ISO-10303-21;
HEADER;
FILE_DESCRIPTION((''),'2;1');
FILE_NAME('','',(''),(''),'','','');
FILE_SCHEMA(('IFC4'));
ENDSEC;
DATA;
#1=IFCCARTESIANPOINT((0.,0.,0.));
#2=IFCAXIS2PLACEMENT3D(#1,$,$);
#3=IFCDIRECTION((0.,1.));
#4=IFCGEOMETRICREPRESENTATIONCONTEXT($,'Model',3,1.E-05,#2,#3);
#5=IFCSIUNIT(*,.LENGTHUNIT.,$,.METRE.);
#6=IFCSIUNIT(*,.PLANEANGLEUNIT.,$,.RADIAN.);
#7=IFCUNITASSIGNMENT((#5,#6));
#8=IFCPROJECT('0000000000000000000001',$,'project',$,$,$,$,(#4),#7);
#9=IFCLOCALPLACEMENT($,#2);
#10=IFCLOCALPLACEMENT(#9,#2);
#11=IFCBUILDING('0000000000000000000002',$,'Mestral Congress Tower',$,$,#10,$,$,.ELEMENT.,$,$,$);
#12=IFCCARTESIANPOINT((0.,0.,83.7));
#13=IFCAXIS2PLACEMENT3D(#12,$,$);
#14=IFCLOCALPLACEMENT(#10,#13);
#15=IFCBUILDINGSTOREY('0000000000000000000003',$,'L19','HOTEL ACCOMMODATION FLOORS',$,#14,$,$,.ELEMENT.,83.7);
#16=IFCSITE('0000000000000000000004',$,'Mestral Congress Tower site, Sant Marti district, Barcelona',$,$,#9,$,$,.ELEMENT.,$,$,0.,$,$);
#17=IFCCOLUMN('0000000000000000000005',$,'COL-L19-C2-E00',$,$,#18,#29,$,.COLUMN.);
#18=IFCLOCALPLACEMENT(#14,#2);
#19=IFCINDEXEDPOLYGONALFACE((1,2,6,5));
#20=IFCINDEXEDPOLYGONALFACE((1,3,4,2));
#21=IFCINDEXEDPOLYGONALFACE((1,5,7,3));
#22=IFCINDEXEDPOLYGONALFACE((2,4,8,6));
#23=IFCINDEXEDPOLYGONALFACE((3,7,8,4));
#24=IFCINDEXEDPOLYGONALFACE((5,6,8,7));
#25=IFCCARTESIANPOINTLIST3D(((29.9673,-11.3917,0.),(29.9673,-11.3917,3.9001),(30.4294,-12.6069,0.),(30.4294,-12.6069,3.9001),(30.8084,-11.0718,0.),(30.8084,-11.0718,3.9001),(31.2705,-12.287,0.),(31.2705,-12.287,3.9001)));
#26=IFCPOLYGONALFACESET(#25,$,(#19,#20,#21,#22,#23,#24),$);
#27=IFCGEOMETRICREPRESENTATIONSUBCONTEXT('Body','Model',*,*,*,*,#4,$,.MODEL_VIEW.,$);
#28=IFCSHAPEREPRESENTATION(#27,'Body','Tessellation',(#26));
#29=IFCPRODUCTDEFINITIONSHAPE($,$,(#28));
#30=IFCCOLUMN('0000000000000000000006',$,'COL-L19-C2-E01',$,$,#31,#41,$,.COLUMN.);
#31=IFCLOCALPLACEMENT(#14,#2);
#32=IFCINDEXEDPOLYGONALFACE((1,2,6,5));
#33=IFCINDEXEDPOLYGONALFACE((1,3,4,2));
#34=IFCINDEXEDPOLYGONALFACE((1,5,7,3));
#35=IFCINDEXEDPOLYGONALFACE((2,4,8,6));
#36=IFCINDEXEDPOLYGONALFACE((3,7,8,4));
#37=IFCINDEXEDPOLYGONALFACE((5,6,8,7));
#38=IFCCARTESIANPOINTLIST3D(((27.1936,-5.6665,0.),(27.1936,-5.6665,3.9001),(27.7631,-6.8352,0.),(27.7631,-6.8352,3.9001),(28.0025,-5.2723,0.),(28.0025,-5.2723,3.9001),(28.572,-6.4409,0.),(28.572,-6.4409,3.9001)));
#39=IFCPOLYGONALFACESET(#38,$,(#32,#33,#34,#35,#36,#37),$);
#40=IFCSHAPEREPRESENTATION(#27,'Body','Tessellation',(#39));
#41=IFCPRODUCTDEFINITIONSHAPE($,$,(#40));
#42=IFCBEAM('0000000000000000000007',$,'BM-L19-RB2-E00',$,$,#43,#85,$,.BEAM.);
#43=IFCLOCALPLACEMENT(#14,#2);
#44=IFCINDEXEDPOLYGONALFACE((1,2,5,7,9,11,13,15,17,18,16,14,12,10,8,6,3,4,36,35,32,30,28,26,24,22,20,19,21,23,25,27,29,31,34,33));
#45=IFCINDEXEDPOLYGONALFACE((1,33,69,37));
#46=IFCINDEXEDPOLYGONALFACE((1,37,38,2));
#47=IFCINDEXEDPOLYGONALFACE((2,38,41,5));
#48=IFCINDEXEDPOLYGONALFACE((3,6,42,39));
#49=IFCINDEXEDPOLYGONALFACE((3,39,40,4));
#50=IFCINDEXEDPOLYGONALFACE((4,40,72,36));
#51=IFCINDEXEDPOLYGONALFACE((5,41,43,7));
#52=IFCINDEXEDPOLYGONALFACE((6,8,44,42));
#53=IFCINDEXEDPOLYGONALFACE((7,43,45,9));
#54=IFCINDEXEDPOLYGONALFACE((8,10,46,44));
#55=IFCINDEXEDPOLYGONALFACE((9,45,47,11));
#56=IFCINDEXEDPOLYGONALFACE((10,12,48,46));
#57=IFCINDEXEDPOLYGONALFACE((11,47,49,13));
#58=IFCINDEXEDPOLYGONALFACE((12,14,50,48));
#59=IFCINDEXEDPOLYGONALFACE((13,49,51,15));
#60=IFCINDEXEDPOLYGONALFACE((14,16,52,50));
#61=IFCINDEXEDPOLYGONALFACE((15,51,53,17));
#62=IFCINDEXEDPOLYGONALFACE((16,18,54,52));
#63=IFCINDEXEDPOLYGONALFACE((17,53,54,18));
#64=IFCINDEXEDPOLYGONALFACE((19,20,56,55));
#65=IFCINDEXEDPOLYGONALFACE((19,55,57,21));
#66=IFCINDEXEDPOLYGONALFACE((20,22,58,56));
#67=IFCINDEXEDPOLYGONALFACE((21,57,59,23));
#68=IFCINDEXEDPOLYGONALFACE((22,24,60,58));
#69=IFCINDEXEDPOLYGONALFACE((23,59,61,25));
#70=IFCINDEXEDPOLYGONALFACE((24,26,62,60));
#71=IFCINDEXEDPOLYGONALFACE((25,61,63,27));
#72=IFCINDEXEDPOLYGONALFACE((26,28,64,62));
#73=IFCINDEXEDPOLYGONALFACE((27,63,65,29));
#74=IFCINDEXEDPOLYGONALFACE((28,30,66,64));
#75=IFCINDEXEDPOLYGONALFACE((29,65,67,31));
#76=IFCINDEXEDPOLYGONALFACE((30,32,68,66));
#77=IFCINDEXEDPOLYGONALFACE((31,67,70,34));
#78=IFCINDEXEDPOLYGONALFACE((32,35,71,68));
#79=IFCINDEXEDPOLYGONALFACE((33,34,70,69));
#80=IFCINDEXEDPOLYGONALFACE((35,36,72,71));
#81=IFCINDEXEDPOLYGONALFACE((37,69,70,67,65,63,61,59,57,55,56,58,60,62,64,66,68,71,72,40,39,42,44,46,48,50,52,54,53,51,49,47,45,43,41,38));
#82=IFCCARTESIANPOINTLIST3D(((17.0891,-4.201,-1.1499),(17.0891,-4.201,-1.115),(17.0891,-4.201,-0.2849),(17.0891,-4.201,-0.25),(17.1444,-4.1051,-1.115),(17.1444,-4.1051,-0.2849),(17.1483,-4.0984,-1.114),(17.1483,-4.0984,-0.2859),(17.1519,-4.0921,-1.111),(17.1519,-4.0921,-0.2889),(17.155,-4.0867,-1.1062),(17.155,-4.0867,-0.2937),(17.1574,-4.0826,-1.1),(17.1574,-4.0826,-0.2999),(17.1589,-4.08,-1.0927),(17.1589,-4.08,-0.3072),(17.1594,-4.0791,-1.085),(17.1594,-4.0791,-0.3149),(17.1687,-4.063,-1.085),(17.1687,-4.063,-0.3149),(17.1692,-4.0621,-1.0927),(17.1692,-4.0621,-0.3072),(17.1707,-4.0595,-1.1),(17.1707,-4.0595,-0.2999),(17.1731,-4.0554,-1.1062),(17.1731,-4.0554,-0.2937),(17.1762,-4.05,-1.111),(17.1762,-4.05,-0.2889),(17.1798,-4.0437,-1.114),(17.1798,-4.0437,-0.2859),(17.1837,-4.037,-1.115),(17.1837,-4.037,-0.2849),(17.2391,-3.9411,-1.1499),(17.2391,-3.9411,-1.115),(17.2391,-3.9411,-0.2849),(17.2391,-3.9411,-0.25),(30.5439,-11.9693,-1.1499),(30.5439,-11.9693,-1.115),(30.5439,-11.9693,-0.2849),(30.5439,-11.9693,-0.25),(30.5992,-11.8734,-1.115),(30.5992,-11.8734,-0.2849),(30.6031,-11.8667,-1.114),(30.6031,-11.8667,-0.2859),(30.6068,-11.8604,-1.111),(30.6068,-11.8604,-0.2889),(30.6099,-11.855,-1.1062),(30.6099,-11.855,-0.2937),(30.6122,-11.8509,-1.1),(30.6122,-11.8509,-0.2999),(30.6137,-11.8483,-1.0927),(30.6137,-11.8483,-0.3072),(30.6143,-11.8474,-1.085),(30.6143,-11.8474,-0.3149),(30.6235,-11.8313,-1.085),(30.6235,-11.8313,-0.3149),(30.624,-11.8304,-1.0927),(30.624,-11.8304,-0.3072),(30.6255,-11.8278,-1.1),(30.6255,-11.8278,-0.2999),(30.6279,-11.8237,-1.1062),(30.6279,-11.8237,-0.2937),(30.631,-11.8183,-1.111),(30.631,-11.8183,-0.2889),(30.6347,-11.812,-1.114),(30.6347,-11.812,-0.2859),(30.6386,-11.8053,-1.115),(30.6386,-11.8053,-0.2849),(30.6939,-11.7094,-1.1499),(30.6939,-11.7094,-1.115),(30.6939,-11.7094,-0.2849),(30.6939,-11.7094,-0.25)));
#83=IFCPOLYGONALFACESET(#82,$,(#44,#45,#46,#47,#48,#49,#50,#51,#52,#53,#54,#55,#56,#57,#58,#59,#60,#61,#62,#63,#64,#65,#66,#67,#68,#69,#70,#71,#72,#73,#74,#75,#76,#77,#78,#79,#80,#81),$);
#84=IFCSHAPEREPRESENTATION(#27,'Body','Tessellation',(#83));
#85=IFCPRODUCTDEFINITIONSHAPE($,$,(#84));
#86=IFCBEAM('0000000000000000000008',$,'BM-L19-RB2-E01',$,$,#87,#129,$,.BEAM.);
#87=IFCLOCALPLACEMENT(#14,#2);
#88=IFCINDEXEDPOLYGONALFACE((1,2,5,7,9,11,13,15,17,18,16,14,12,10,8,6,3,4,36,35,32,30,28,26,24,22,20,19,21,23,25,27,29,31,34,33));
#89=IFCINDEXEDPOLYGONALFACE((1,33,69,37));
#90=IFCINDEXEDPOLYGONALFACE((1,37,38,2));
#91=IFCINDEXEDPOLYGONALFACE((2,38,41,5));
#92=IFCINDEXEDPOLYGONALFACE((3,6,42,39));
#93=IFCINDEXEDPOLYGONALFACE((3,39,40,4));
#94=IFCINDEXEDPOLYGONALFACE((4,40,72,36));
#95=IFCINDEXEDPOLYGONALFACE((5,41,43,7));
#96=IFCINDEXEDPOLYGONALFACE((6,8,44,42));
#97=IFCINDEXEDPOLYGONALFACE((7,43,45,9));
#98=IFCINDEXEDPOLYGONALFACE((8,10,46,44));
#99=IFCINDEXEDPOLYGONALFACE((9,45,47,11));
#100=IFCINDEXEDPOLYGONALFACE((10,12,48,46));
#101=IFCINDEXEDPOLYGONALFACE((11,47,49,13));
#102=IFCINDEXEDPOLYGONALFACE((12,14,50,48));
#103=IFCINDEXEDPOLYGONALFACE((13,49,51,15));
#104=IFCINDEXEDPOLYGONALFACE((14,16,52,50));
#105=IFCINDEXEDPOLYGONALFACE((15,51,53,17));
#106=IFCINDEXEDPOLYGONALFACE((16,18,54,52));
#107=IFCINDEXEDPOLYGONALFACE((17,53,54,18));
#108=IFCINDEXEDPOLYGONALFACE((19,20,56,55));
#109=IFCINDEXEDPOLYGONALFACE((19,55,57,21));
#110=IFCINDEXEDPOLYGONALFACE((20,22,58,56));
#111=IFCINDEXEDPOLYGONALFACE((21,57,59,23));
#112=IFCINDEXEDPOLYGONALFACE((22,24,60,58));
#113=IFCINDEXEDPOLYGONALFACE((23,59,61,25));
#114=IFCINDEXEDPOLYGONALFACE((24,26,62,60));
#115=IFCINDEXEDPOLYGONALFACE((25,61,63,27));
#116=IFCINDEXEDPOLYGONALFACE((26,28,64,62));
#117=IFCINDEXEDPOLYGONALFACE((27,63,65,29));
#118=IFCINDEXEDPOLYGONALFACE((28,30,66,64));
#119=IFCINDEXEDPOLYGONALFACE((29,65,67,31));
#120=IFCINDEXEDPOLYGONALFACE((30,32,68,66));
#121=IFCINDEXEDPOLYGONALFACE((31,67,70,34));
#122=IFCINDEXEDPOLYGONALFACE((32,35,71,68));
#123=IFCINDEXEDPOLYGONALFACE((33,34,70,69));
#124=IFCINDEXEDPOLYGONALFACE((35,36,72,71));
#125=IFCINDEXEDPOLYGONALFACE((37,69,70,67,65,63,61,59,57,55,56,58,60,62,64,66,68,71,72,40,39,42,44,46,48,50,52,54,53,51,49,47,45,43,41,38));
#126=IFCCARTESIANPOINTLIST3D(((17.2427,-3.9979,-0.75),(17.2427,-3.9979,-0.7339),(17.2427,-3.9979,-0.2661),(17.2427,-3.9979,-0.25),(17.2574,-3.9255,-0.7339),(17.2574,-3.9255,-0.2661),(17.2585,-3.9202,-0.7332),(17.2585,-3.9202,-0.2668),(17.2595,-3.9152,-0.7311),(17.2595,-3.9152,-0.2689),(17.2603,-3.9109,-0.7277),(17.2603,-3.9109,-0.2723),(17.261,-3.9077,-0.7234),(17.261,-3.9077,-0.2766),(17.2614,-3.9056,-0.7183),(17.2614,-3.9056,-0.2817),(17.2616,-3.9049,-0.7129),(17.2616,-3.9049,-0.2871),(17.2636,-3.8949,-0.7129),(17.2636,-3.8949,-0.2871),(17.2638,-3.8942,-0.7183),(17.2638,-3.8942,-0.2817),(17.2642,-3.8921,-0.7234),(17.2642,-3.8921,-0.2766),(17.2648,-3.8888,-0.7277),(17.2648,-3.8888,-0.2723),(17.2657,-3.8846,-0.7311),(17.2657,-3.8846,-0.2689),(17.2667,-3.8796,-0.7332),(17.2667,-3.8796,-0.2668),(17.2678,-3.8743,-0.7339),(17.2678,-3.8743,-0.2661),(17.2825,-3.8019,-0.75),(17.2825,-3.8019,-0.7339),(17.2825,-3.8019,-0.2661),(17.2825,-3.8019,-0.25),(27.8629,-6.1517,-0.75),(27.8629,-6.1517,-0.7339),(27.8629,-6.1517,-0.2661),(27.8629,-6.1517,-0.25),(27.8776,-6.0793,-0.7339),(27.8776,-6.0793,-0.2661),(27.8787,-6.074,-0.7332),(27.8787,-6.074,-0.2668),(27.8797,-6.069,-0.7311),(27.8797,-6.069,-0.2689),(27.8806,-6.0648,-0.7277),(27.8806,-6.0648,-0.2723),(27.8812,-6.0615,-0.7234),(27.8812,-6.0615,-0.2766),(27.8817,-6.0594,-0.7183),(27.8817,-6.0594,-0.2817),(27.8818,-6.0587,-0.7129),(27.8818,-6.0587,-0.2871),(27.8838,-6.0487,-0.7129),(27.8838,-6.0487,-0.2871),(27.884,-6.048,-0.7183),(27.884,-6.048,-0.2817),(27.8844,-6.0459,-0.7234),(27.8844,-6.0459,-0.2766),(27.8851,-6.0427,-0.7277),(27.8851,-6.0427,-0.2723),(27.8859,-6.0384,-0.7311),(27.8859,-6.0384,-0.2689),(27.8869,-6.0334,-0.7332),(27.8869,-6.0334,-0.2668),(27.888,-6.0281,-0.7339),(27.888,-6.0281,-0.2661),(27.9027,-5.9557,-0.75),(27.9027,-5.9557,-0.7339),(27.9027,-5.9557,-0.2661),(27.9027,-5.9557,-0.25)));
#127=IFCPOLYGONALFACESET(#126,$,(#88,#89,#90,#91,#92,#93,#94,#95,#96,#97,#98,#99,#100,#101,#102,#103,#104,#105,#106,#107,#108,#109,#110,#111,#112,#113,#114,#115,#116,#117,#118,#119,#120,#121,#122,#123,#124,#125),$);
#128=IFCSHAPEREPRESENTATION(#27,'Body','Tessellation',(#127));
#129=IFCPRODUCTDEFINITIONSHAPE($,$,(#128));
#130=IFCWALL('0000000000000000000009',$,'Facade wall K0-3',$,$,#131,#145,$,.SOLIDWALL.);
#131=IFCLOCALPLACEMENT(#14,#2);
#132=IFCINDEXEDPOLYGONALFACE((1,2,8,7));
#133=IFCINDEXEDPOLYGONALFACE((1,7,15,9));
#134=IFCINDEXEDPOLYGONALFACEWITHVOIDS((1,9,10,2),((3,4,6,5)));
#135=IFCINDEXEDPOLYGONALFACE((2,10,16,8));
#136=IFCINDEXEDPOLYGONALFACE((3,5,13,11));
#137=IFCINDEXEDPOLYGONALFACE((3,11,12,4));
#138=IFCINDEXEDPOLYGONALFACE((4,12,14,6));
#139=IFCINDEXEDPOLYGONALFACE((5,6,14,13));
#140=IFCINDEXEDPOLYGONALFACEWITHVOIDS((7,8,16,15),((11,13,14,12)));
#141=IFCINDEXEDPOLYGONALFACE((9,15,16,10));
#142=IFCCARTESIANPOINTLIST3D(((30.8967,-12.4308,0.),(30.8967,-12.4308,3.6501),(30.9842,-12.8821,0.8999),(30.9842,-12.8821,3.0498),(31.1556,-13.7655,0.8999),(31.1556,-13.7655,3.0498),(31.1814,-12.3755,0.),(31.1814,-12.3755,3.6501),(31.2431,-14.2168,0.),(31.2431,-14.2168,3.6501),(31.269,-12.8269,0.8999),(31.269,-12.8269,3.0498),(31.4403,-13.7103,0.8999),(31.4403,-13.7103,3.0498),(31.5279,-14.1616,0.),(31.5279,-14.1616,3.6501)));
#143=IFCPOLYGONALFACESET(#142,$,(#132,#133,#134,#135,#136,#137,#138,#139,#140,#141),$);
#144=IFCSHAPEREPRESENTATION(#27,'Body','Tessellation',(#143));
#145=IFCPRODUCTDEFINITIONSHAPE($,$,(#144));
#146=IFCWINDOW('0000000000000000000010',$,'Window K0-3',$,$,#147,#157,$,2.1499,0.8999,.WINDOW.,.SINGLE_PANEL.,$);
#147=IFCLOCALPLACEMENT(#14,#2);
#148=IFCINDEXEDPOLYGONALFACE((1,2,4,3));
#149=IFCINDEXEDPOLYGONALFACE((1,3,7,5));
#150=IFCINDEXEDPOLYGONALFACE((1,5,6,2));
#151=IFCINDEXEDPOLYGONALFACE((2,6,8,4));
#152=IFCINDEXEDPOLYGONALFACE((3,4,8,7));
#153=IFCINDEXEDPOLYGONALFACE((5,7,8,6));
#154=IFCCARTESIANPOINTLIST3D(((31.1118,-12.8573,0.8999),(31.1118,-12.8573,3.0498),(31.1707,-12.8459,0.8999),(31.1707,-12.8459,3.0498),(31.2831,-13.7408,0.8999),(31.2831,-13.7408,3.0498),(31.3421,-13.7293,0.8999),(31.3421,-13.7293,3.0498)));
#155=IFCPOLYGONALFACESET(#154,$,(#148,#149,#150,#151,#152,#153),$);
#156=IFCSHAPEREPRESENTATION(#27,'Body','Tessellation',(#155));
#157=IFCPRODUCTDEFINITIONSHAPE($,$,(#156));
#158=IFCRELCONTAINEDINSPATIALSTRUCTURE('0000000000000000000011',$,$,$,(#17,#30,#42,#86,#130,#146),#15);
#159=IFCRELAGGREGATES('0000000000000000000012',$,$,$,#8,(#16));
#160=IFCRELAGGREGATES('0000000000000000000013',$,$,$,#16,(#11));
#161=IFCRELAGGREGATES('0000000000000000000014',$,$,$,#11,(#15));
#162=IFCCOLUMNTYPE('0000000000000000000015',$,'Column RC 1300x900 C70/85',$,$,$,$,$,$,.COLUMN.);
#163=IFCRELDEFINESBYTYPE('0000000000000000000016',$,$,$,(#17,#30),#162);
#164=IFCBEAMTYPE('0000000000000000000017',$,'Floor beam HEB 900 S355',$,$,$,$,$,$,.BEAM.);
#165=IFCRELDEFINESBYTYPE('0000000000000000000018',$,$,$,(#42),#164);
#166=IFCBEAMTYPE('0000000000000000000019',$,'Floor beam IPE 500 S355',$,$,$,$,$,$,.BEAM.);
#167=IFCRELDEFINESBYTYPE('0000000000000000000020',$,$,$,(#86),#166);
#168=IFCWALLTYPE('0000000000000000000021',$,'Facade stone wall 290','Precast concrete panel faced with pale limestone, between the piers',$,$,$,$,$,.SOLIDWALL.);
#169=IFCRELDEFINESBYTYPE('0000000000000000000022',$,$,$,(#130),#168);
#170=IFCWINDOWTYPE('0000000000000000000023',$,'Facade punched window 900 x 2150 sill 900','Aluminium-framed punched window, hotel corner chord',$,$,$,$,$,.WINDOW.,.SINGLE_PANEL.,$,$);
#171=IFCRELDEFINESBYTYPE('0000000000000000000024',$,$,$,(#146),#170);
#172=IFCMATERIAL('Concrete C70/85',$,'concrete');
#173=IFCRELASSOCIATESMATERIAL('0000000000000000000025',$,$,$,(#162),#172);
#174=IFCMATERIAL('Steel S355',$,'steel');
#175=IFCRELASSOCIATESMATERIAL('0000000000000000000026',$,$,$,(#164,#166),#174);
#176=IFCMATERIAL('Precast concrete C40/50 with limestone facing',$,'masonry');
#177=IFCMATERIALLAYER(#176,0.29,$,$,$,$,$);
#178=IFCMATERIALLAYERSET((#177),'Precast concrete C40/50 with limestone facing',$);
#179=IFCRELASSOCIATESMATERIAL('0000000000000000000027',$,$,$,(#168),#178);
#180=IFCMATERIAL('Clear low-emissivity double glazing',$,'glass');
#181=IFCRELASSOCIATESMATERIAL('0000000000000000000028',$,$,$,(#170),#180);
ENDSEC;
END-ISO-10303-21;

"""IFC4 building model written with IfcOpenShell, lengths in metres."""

from ifc_helpers import new_model, si_unit, direction, frame, frame_2d, origin, origin_2d, place, context, subcontext, project, spatial, rectangle, i_section, extrude, material, layer, layer_set, material_profile, profile_set, type_object, element, fill, save


model = new_model("IFC4")

# Units and contexts
model_context = context("Model", 3, precision=1e-05, world=origin(), true_north=direction((0.0, 1.0)))
body_context = subcontext(model_context, "Body", "Model", "MODEL_VIEW")
ifc_project = project(units=[si_unit("LENGTHUNIT", "METRE"), si_unit("PLANEANGLEUNIT", "RADIAN")], contexts=[model_context])

# Site, building, storey
site_placement = place(None, origin())
site = spatial("IfcSite", under=ifc_project, at=site_placement, Name="Mestral Congress Tower site, Sant Marti district, Barcelona", CompositionType="ELEMENT", RefElevation=0.0)
building_placement = place(site_placement, origin())
building = spatial("IfcBuilding", under=site, at=building_placement, Name="Mestral Congress Tower", CompositionType="ELEMENT")
storey_placement = place(building_placement, frame((0.0, 0.0, 83.7)))
storey = spatial("IfcBuildingStorey", under=building, at=storey_placement, Name="L19", Description="HOTEL ACCOMMODATION FLOORS", CompositionType="ELEMENT", Elevation=83.7)

# Columns
ifc_material_1 = material(Name="Concrete C70/85", Category="concrete")
ifc_material_profile_1 = material_profile(ifc_material_1, rectangle(XDim=1.3, YDim=0.8999, at=origin_2d()), Name="RC 1300x900")
ifc_profile_set_1 = profile_set([ifc_material_profile_1], Name="Concrete C70/85")
column_type = type_object("IfcColumnType", Name="Column RC 1300x900 C70/85", PredefinedType="COLUMN", material=ifc_profile_set_1)
for number, where, z_axis, x_axis, name in (
    (1, (30.6189, -11.8394, 0.0), (0.0, 0.0, 1.0), (-0.355494, 0.934679, 0.0), "COL-L19-C2-E00"),
    (2, (27.8828, -6.0537, 0.0), (0.0, 0.0, 1.0), (-0.438061, 0.898945, 0.0), "COL-L19-C2-E01"),
):
    element("IfcColumn", number, at=place(storey_placement, frame(where, z_axis=z_axis, x_axis=x_axis)), inside=storey, type_object=column_type, Name=name, PredefinedType="COLUMN", context=body_context, shape_type="SweptSolid", body=[
        extrude(rectangle(XDim=1.3, YDim=0.8999, at=origin_2d()), origin(), (0.0, 0.0, 1.0), 3.9001),
    ])

# Beams
ifc_material_2 = material(Name="Steel S355", Category="steel")
ifc_material_profile_2 = material_profile(ifc_material_2, i_section(OverallWidth=0.3, OverallDepth=0.8999, WebThickness=0.0186, FlangeThickness=0.0349, FilletRadius=0.03, at=origin_2d()), Name="HEB 900")
ifc_profile_set_2 = profile_set([ifc_material_profile_2], Name="Steel S355")
beam_type_1 = type_object("IfcBeamType", Name="Floor beam HEB 900 S355", PredefinedType="BEAM", material=ifc_profile_set_2)
beam_1_placement = place(storey_placement, frame((30.6189, -11.8394, -0.7), z_axis=(-0.866021, 0.500008, 0.0), x_axis=(-0.500008, -0.866021, 0.0)))
element("IfcBeam", 3, at=beam_1_placement, inside=storey, type_object=beam_type_1, Name="BM-L19-RB2-E00", PredefinedType="BEAM", context=body_context, shape_type="SweptSolid", body=[
    extrude(i_section(OverallWidth=0.3, OverallDepth=0.8999, WebThickness=0.0186, FlangeThickness=0.0349, FilletRadius=0.03, at=origin_2d()), origin(), (0.0, 0.0, 1.0), 15.5364),
])
ifc_material_profile_3 = material_profile(ifc_material_2, i_section(OverallWidth=0.2, OverallDepth=0.5, WebThickness=0.0103, FlangeThickness=0.0161, FilletRadius=0.021, at=origin_2d()), Name="IPE 500")
ifc_profile_set_3 = profile_set([ifc_material_profile_3], Name="Steel S355")
beam_type_2 = type_object("IfcBeamType", Name="Floor beam IPE 500 S355", PredefinedType="BEAM", material=ifc_profile_set_3)
beam_2_placement = place(storey_placement, frame((27.8828, -6.0537, -0.5), z_axis=(-0.980049, 0.198758, 0.0), x_axis=(-0.198758, -0.980049, 0.0)))
element("IfcBeam", 4, at=beam_2_placement, inside=storey, type_object=beam_type_2, Name="BM-L19-RB2-E01", PredefinedType="BEAM", context=body_context, shape_type="SweptSolid", body=[
    extrude(i_section(OverallWidth=0.2, OverallDepth=0.5, WebThickness=0.0103, FlangeThickness=0.0161, FilletRadius=0.021, at=origin_2d()), origin(), (0.0, 0.0, 1.0), 10.8364),
])

# Wall, opening, window
ifc_material_3 = material(Name="Precast concrete C40/50 with limestone facing", Category="masonry")
ifc_layer_1 = layer(ifc_material_3, 0.29)
ifc_layer_set_1 = layer_set([ifc_layer_1], Name="Precast concrete C40/50 with limestone facing")
wall_type_1 = type_object("IfcWallType", Name="Facade stone wall 290", Description="Precast concrete panel faced with pale limestone, between the piers", PredefinedType="SOLIDWALL", material=ifc_layer_set_1)
wall_1_placement = place(storey_placement, frame((31.3855, -14.1892, 0.0), z_axis=(0.0, 0.0, 1.0), x_axis=(-0.19041, 0.981705, 0.0)))
wall_1 = element("IfcWall", 5, at=wall_1_placement, inside=storey, type_object=wall_type_1, Name="Facade wall K0-3", PredefinedType="SOLIDWALL", context=body_context, shape_type="SweptSolid", body=[
    extrude(rectangle(XDim=1.8193, YDim=0.29, at=frame_2d((0.9097, 0.0))), origin(), (0.0, 0.0, 1.0), 3.6501),
])
opening_1_placement = place(wall_1_placement, frame((0.4597, 0.0, 0.8999)))
opening_1 = element("IfcOpeningElement", 6, at=opening_1_placement, cuts=wall_1, PredefinedType="OPENING", context=body_context, shape_type="SweptSolid", body=[
    extrude(rectangle(XDim=0.8999, YDim=2.1499, at=frame_2d((0.45, 1.075))), frame((0.0, 0.155, 0.0), z_axis=(0.0, -1.0, 0.0), x_axis=(1.0, 0.0, 0.0)), (0.0, 0.0, 1.0), 0.3101),
])
ifc_material_4 = material(Name="Clear low-emissivity double glazing", Category="glass")
window_type_1 = type_object("IfcWindowType", Name="Facade punched window 900 x 2150 sill 900", Description="Aluminium-framed punched window, hotel corner chord", PartitioningType="SINGLE_PANEL", PredefinedType="WINDOW", material=ifc_material_4)
window_1_placement = place(opening_1_placement, origin())
window_1 = element("IfcWindow", 7, at=window_1_placement, inside=storey, type_object=window_type_1, Name="Window K0-3", OverallHeight=2.1499, OverallWidth=0.8999, PartitioningType="SINGLE_PANEL", PredefinedType="WINDOW", context=body_context, shape_type="SweptSolid", body=[
    extrude(rectangle(XDim=0.8999, YDim=2.1499, at=frame_2d((0.45, 1.075))), frame((0.0, 0.0151, 0.0), z_axis=(0.0, -1.0, 0.0), x_axis=(1.0, 0.0, 0.0)), (0.0, 0.0, 1.0), 0.0601),
])
fill(opening_1, window_1)

save(model, "model.ifc")
